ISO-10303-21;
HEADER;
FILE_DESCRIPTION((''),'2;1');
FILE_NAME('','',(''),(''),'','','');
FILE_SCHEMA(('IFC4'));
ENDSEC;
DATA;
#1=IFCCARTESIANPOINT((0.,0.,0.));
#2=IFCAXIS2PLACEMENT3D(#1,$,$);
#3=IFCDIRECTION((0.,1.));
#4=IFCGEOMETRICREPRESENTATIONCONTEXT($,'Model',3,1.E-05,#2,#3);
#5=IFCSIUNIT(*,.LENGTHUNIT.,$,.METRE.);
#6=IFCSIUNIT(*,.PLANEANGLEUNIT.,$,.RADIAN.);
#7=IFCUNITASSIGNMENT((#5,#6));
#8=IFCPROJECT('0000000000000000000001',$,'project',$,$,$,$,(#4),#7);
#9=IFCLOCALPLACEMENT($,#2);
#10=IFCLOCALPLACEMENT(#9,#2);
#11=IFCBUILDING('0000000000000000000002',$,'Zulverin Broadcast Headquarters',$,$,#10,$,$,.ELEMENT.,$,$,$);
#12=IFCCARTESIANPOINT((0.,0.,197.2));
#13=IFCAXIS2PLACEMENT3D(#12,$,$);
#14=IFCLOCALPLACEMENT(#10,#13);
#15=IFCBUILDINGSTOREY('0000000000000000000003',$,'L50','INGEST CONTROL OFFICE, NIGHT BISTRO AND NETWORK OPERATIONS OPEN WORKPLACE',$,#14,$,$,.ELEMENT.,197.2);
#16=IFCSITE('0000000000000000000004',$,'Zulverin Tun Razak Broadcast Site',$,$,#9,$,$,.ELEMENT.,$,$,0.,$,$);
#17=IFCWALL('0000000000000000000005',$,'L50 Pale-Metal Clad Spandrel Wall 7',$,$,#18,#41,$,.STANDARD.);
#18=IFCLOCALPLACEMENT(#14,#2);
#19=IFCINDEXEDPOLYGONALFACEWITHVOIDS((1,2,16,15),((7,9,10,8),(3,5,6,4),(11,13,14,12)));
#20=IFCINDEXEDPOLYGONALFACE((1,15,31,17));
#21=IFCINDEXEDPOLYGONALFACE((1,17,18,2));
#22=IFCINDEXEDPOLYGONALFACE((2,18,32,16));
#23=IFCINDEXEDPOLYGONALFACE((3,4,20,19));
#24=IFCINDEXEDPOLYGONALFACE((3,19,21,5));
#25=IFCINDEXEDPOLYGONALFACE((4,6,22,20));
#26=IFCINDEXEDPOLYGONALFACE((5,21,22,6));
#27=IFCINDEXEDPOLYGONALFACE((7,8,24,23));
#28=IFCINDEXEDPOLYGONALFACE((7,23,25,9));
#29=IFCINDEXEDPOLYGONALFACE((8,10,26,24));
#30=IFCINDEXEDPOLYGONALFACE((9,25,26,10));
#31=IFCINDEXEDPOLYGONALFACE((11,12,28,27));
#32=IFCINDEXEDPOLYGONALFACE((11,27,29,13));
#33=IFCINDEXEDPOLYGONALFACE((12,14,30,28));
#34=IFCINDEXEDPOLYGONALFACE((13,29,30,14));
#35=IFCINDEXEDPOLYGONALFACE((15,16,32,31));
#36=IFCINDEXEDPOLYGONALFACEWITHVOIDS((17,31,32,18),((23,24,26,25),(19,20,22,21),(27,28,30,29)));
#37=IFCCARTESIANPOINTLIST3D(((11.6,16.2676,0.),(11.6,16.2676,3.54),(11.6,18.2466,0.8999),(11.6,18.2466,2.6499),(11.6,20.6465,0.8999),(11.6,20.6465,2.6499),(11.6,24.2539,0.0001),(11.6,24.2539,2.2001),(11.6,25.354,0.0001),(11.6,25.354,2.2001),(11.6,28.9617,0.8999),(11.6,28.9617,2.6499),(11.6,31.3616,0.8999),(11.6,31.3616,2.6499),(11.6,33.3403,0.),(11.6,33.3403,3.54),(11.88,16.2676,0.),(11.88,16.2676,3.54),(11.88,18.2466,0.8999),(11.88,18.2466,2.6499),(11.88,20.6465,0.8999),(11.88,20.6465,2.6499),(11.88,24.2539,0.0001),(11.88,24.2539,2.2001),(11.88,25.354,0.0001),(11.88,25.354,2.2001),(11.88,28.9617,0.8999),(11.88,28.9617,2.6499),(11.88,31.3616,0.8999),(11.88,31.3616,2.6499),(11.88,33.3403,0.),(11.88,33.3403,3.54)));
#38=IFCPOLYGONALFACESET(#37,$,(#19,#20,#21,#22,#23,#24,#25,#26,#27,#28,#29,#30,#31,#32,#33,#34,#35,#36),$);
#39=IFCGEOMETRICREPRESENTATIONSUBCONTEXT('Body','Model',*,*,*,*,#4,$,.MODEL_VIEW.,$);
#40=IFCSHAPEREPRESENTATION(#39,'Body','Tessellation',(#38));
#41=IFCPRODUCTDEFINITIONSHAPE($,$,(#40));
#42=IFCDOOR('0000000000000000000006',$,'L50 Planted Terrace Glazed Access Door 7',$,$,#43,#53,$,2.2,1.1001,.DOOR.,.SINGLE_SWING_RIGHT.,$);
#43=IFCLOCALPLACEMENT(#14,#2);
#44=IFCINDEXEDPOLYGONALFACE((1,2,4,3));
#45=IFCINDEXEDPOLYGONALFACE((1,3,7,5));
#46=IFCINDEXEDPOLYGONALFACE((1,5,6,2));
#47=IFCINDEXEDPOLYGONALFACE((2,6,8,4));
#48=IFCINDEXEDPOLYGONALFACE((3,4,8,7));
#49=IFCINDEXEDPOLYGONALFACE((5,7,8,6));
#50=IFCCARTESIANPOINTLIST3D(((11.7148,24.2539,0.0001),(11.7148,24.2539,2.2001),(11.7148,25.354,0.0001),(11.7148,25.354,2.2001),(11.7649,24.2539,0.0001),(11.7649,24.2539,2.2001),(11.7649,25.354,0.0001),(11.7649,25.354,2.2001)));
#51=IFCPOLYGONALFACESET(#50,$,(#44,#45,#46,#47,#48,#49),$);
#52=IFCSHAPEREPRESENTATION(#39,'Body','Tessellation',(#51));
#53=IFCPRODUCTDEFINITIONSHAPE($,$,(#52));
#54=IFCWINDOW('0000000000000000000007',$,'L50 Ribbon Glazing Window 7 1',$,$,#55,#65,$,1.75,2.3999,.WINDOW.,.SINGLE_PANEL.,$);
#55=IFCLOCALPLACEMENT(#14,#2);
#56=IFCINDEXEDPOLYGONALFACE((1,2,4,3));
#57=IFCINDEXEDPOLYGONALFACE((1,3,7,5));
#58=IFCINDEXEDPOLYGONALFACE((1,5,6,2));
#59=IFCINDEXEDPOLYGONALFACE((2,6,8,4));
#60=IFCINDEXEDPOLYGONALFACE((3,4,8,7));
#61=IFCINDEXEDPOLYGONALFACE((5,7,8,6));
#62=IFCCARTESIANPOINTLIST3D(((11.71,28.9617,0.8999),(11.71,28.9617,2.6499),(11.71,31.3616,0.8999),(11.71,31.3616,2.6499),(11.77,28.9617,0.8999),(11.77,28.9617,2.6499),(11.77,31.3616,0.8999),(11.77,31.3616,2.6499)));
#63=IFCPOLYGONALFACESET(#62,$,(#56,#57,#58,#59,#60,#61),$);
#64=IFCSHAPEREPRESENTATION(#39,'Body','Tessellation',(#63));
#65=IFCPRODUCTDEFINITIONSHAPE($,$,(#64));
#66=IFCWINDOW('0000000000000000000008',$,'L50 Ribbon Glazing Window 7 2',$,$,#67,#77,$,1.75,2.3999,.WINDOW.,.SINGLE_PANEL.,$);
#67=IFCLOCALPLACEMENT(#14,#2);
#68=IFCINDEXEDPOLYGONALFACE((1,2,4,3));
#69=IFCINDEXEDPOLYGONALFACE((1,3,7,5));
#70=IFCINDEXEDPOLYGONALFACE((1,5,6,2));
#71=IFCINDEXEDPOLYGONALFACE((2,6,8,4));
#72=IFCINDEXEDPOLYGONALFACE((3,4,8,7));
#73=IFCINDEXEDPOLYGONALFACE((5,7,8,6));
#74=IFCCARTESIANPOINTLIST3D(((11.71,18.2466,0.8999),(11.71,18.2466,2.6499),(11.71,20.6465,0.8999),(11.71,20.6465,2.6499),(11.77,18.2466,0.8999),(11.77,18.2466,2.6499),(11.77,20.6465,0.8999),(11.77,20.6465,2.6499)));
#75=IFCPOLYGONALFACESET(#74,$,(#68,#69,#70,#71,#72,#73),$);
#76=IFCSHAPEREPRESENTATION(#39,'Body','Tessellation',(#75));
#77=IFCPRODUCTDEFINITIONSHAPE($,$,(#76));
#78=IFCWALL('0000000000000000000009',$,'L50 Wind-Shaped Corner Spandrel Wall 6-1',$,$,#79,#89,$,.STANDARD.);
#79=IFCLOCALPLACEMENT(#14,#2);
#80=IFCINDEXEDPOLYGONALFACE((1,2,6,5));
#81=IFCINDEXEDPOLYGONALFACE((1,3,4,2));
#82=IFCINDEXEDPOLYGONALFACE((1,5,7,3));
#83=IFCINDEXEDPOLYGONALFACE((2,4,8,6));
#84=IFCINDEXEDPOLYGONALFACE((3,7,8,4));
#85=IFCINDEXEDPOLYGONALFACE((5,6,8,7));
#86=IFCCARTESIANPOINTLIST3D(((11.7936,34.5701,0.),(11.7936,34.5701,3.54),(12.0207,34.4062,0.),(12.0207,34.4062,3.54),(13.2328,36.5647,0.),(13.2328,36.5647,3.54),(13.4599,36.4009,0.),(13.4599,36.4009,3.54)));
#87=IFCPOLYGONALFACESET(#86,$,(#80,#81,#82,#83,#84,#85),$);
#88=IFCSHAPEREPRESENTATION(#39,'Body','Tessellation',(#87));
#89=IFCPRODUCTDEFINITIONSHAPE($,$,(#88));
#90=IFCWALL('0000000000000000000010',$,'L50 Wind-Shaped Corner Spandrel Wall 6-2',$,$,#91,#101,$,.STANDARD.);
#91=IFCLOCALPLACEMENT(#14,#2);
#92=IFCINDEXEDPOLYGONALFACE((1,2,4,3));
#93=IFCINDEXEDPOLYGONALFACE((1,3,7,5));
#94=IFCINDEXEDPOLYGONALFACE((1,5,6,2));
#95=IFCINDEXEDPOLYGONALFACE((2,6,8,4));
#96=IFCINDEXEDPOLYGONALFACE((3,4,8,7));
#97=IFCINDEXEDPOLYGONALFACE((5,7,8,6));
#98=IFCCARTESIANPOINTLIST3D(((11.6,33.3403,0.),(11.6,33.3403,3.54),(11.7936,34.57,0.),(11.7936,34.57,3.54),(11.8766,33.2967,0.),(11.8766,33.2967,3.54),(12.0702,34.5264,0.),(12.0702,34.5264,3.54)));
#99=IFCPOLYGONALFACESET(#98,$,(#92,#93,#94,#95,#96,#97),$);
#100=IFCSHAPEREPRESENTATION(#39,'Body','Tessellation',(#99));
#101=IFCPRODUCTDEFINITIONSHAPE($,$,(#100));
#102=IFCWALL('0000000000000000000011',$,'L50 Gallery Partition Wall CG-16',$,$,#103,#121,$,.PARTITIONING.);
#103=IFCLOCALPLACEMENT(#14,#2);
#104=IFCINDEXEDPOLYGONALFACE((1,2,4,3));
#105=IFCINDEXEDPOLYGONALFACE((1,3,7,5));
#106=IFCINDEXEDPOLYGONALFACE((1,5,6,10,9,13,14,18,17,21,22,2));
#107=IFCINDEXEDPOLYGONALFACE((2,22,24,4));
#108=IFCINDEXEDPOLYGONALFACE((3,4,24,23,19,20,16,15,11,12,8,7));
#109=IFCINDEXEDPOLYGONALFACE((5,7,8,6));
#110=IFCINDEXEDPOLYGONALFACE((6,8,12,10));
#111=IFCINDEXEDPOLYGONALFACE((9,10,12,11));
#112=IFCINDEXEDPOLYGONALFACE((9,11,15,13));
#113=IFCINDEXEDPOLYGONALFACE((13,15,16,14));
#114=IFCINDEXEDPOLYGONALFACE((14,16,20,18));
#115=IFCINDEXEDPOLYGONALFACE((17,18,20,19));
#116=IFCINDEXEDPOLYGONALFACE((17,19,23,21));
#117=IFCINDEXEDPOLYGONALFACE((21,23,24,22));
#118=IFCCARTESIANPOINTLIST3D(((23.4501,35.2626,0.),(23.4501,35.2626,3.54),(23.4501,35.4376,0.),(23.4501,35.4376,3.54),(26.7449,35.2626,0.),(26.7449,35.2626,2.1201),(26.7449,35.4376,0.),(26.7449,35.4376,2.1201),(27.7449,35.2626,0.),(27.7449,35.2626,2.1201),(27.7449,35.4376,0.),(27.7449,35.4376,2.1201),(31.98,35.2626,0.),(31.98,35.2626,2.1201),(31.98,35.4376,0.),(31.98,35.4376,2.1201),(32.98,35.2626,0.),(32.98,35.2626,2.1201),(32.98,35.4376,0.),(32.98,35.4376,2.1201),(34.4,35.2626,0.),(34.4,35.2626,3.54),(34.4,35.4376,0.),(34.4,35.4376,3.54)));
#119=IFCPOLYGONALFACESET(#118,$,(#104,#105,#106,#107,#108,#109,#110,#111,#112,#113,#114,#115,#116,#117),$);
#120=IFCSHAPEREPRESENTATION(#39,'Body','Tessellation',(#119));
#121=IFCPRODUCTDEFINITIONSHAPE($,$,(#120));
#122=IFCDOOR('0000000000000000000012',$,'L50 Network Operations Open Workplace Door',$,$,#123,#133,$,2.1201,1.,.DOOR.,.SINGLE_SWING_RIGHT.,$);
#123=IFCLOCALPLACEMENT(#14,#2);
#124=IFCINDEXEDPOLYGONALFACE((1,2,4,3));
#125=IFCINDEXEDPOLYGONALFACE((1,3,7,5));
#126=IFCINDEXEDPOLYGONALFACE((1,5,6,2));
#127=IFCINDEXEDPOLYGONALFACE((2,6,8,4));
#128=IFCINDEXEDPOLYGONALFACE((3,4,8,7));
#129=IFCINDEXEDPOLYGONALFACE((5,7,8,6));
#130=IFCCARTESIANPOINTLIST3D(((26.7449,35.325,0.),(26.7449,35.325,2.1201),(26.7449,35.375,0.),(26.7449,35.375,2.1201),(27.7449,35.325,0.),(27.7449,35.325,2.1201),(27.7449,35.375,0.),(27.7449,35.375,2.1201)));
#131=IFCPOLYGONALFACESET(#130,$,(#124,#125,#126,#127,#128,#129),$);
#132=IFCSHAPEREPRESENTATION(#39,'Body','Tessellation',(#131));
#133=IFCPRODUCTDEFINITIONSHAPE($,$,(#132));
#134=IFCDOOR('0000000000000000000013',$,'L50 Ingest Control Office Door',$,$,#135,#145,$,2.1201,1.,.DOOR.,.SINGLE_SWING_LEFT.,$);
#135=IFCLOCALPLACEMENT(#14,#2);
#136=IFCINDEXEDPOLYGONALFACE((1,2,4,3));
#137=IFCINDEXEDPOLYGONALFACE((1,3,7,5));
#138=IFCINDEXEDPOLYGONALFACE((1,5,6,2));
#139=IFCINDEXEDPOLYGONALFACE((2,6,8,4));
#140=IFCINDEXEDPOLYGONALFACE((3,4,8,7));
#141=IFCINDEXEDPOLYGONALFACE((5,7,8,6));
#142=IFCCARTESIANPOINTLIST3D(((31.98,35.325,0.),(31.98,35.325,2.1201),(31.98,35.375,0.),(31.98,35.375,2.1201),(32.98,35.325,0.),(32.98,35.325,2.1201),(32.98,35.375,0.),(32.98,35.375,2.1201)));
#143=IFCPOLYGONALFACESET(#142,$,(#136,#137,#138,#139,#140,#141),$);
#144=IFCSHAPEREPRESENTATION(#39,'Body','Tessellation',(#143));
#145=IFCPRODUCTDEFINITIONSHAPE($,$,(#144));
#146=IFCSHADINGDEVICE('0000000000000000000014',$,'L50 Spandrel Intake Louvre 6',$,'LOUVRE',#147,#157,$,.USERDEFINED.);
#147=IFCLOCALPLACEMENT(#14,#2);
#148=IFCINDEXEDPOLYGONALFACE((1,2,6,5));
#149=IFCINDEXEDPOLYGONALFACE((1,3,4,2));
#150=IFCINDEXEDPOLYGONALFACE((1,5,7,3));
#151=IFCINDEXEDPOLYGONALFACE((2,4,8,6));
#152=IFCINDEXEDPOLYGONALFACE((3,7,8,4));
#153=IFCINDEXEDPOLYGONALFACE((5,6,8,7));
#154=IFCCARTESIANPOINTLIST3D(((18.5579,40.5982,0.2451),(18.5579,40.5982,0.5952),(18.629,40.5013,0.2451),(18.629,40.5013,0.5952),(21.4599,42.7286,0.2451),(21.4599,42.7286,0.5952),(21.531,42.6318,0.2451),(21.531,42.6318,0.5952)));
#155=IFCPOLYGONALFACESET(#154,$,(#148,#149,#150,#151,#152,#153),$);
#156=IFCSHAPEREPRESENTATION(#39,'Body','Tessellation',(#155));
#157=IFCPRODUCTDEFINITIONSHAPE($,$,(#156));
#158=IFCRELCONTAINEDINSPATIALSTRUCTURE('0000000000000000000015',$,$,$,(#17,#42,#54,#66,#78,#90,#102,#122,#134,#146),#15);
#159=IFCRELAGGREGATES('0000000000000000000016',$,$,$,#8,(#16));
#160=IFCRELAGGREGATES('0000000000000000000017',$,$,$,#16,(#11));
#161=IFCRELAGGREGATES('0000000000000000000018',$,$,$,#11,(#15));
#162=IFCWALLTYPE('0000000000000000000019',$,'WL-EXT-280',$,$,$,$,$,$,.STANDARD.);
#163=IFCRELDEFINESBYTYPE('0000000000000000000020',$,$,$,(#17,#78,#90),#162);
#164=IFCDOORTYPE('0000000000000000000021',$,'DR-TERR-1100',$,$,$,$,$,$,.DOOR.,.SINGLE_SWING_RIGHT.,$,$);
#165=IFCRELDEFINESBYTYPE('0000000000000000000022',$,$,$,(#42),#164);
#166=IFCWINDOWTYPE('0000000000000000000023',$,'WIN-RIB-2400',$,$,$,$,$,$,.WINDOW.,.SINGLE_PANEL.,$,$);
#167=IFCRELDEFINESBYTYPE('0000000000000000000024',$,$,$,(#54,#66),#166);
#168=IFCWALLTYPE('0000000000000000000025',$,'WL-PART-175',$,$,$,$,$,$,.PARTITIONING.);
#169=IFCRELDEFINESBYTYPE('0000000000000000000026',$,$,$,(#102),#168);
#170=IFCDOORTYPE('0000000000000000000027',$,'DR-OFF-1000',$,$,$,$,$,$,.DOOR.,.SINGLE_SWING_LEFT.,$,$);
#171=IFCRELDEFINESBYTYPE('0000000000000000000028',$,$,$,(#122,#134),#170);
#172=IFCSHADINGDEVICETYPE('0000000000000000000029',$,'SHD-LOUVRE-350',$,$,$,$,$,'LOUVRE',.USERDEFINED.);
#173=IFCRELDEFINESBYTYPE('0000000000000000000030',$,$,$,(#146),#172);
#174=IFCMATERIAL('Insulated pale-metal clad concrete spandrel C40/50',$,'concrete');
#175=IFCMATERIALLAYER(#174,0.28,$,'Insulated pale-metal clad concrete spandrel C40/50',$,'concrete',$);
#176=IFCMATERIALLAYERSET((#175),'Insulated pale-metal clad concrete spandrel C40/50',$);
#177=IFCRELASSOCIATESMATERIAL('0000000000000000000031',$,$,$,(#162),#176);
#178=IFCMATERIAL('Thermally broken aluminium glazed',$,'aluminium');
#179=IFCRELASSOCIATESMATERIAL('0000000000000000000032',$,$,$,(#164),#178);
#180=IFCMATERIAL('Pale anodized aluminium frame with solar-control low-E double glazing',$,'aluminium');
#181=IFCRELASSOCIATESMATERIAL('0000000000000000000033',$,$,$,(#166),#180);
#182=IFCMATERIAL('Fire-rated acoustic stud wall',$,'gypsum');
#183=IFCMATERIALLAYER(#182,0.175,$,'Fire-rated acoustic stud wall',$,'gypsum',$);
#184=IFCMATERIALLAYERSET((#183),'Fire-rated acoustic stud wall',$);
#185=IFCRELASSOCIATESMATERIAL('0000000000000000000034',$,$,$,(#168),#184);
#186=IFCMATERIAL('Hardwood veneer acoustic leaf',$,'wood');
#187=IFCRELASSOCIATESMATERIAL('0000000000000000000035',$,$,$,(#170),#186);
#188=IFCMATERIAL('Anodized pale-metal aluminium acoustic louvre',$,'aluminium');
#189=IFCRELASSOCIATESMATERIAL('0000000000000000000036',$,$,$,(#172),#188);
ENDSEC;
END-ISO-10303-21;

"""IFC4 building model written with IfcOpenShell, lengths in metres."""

from ifc_helpers import new_model, si_unit, direction, frame, frame_2d, origin, origin_2d, place, context, subcontext, project, spatial, rectangle, extrude, material, layer, layer_set, type_object, element, fill, save


model = new_model("IFC4")

# Units and contexts
model_context = context("Model", 3, precision=1e-05, world=origin(), true_north=direction((0.0, 1.0)))
body_context = subcontext(model_context, "Body", "Model", "MODEL_VIEW")
ifc_project = project(units=[si_unit("LENGTHUNIT", "METRE"), si_unit("PLANEANGLEUNIT", "RADIAN")], contexts=[model_context])

# Site, building, storey
site_placement = place(None, origin())
site = spatial("IfcSite", under=ifc_project, at=site_placement, Name="Zulverin Tun Razak Broadcast Site", CompositionType="ELEMENT", RefElevation=0.0)
building_placement = place(site_placement, origin())
building = spatial("IfcBuilding", under=site, at=building_placement, Name="Zulverin Broadcast Headquarters", CompositionType="ELEMENT")
storey_placement = place(building_placement, frame((0.0, 0.0, 197.2)))
storey = spatial("IfcBuildingStorey", under=building, at=storey_placement, Name="L50", Description="INGEST CONTROL OFFICE, NIGHT BISTRO AND NETWORK OPERATIONS OPEN WORKPLACE", CompositionType="ELEMENT", Elevation=197.2)

# Wall, openings, door, windows
ifc_material_1 = material(Name="Insulated pale-metal clad concrete spandrel C40/50", Category="concrete")
ifc_layer_1 = layer(ifc_material_1, 0.28, Name="Insulated pale-metal clad concrete spandrel C40/50", Category="concrete")
ifc_layer_set_1 = layer_set([ifc_layer_1], Name="Insulated pale-metal clad concrete spandrel C40/50")
wall_type_1 = type_object("IfcWallType", Name="WL-EXT-280", PredefinedType="STANDARD", material=ifc_layer_set_1)
wall_1_placement = place(storey_placement, frame((11.74, 33.3403, 0.0), z_axis=(0.0, 0.0, 1.0), x_axis=(0.0, -1.0, 0.0)))
wall_1 = element("IfcWall", 1, at=wall_1_placement, inside=storey, type_object=wall_type_1, Name="L50 Pale-Metal Clad Spandrel Wall 7", PredefinedType="STANDARD", context=body_context, shape_type="SweptSolid", body=[
    extrude(rectangle(XDim=17.0728, YDim=0.28, at=frame_2d((8.5364, 0.0))), origin(), (0.0, 0.0, 1.0), 3.54),
])
opening_1_placement = place(wall_1_placement, frame((7.9863, 0.0, 0.0)))
opening_1 = element("IfcOpeningElement", 2, at=opening_1_placement, cuts=wall_1, PredefinedType="OPENING", context=body_context, shape_type="SweptSolid", body=[
    extrude(rectangle(XDim=1.1001, YDim=2.2, at=frame_2d((0.55, 1.1001))), frame((0.0, 0.1499, 0.0), z_axis=(0.0, -1.0, 0.0), x_axis=(1.0, 0.0, 0.0)), (0.0, 0.0, 1.0), 0.3),
])
opening_2_placement = place(wall_1_placement, frame((1.9788, 0.0, 0.8999)))
opening_2 = element("IfcOpeningElement", 3, at=opening_2_placement, cuts=wall_1, PredefinedType="OPENING", context=body_context, shape_type="SweptSolid", body=[
    extrude(rectangle(XDim=2.3999, YDim=1.75, at=frame_2d((1.2, 0.875))), frame((0.0, 0.1499, 0.0), z_axis=(0.0, -1.0, 0.0), x_axis=(1.0, 0.0, 0.0)), (0.0, 0.0, 1.0), 0.3),
])
opening_3_placement = place(wall_1_placement, frame((12.6938, 0.0, 0.8999)))
opening_3 = element("IfcOpeningElement", 4, at=opening_3_placement, cuts=wall_1, PredefinedType="OPENING", context=body_context, shape_type="SweptSolid", body=[
    extrude(rectangle(XDim=2.3999, YDim=1.75, at=frame_2d((1.2, 0.875))), frame((0.0, 0.1499, 0.0), z_axis=(0.0, -1.0, 0.0), x_axis=(1.0, 0.0, 0.0)), (0.0, 0.0, 1.0), 0.3),
])
ifc_material_2 = material(Name="Thermally broken aluminium glazed", Category="aluminium")
door_type_1 = type_object("IfcDoorType", Name="DR-TERR-1100", OperationType="SINGLE_SWING_RIGHT", PredefinedType="DOOR", material=ifc_material_2)
door_1_placement = place(opening_1_placement, origin())
door_1 = element("IfcDoor", 5, at=door_1_placement, inside=storey, type_object=door_type_1, Name="L50 Planted Terrace Glazed Access Door 7", OperationType="SINGLE_SWING_RIGHT", OverallHeight=2.2, OverallWidth=1.1001, PredefinedType="DOOR", context=body_context, shape_type="SweptSolid", body=[
    extrude(rectangle(XDim=1.1001, YDim=2.2, at=frame_2d((0.55, 1.1001))), frame((0.0, 0.0249, 0.0), z_axis=(0.0, -1.0, 0.0), x_axis=(1.0, 0.0, 0.0)), (0.0, 0.0, 1.0), 0.05),
])
fill(opening_1, door_1)
ifc_material_3 = material(Name="Pale anodized aluminium frame with solar-control low-E double glazing", Category="aluminium")
window_type = type_object("IfcWindowType", Name="WIN-RIB-2400", PartitioningType="SINGLE_PANEL", PredefinedType="WINDOW", material=ifc_material_3)
window_1_placement = place(opening_2_placement, origin())
window_1 = element("IfcWindow", 6, at=window_1_placement, inside=storey, type_object=window_type, Name="L50 Ribbon Glazing Window 7 1", OverallHeight=1.75, OverallWidth=2.3999, PartitioningType="SINGLE_PANEL", PredefinedType="WINDOW", context=body_context, shape_type="SweptSolid", body=[
    extrude(rectangle(XDim=2.3999, YDim=1.75, at=frame_2d((1.2, 0.875))), frame((0.0, 0.03, 0.0), z_axis=(0.0, -1.0, 0.0), x_axis=(1.0, 0.0, 0.0)), (0.0, 0.0, 1.0), 0.0601),
])
fill(opening_2, window_1)
window_2_placement = place(opening_3_placement, origin())
window_2 = element("IfcWindow", 7, at=window_2_placement, inside=storey, type_object=window_type, Name="L50 Ribbon Glazing Window 7 2", OverallHeight=1.75, OverallWidth=2.3999, PartitioningType="SINGLE_PANEL", PredefinedType="WINDOW", context=body_context, shape_type="SweptSolid", body=[
    extrude(rectangle(XDim=2.3999, YDim=1.75, at=frame_2d((1.2, 0.875))), frame((0.0, 0.03, 0.0), z_axis=(0.0, -1.0, 0.0), x_axis=(1.0, 0.0, 0.0)), (0.0, 0.0, 1.0), 0.0601),
])
fill(opening_3, window_2)

# Walls
wall_2_placement = place(storey_placement, frame((13.3464, 36.4829, 0.0), z_axis=(0.0, 0.0, 1.0), x_axis=(-0.585128, -0.810941, 0.0)))
element("IfcWall", 8, at=wall_2_placement, inside=storey, type_object=wall_type_1, Name="L50 Wind-Shaped Corner Spandrel Wall 6-1", PredefinedType="STANDARD", context=body_context, shape_type="SweptSolid", body=[
    extrude(rectangle(XDim=2.4597, YDim=0.28, at=frame_2d((1.23, 0.0))), origin(), (0.0, 0.0, 1.0), 3.54),
])
wall_3_placement = place(storey_placement, frame((11.9319, 34.5483, 0.0), z_axis=(0.0, 0.0, 1.0), x_axis=(-0.155519, -0.987833, 0.0)))
element("IfcWall", 9, at=wall_3_placement, inside=storey, type_object=wall_type_1, Name="L50 Wind-Shaped Corner Spandrel Wall 6-2", PredefinedType="STANDARD", context=body_context, shape_type="SweptSolid", body=[
    extrude(rectangle(XDim=1.2449, YDim=0.28, at=frame_2d((0.6226, 0.0))), origin(), (0.0, 0.0, 1.0), 3.54),
])

# Wall, openings, doors
ifc_material_4 = material(Name="Fire-rated acoustic stud wall", Category="gypsum")
ifc_layer_2 = layer(ifc_material_4, 0.175, Name="Fire-rated acoustic stud wall", Category="gypsum")
ifc_layer_set_2 = layer_set([ifc_layer_2], Name="Fire-rated acoustic stud wall")
wall_type_2 = type_object("IfcWallType", Name="WL-PART-175", PredefinedType="PARTITIONING", material=ifc_layer_set_2)
wall_4_placement = place(storey_placement, frame((23.45, 35.3501, 0.0), z_axis=(0.0, 0.0, 1.0), x_axis=(1.0, 0.0, 0.0)))
wall_4 = element("IfcWall", 10, at=wall_4_placement, inside=storey, type_object=wall_type_2, Name="L50 Gallery Partition Wall CG-16", PredefinedType="PARTITIONING", context=body_context, shape_type="SweptSolid", body=[
    extrude(rectangle(XDim=10.95, YDim=0.175, at=frame_2d((5.4751, 0.0))), origin(), (0.0, 0.0, 1.0), 3.54),
])
opening_4_placement = place(wall_4_placement, frame((3.2949, 0.0, 0.0)))
opening_4 = element("IfcOpeningElement", 11, at=opening_4_placement, cuts=wall_4, PredefinedType="OPENING", context=body_context, shape_type="SweptSolid", body=[
    extrude(rectangle(XDim=1.0, YDim=2.1201, at=frame_2d((0.5, 1.0601))), frame((0.0, 0.0974, 0.0), z_axis=(0.0, -1.0, 0.0), x_axis=(1.0, 0.0, 0.0)), (0.0, 0.0, 1.0), 0.1951),
])
opening_5_placement = place(wall_4_placement, frame((8.53, 0.0, 0.0)))
opening_5 = element("IfcOpeningElement", 12, at=opening_5_placement, cuts=wall_4, PredefinedType="OPENING", context=body_context, shape_type="SweptSolid", body=[
    extrude(rectangle(XDim=1.0, YDim=2.1201, at=frame_2d((0.5, 1.0601))), frame((0.0, 0.0974, 0.0), z_axis=(0.0, -1.0, 0.0), x_axis=(1.0, 0.0, 0.0)), (0.0, 0.0, 1.0), 0.1951),
])
ifc_material_5 = material(Name="Hardwood veneer acoustic leaf", Category="wood")
door_type_2 = type_object("IfcDoorType", Name="DR-OFF-1000", OperationType="SINGLE_SWING_LEFT", PredefinedType="DOOR", material=ifc_material_5)
door_2_placement = place(opening_4_placement, origin())
door_2 = element("IfcDoor", 13, at=door_2_placement, inside=storey, type_object=door_type_2, Name="L50 Network Operations Open Workplace Door", OperationType="SINGLE_SWING_RIGHT", OverallHeight=2.1201, OverallWidth=1.0, PredefinedType="DOOR", context=body_context, shape_type="SweptSolid", body=[
    extrude(rectangle(XDim=1.0, YDim=2.1201, at=frame_2d((0.5, 1.0601))), frame((0.0, 0.0249, 0.0), z_axis=(0.0, -1.0, 0.0), x_axis=(1.0, 0.0, 0.0)), (0.0, 0.0, 1.0), 0.05),
])
fill(opening_4, door_2)
door_3_placement = place(opening_5_placement, origin())
door_3 = element("IfcDoor", 14, at=door_3_placement, inside=storey, type_object=door_type_2, Name="L50 Ingest Control Office Door", OperationType="SINGLE_SWING_LEFT", OverallHeight=2.1201, OverallWidth=1.0, PredefinedType="DOOR", context=body_context, shape_type="SweptSolid", body=[
    extrude(rectangle(XDim=1.0, YDim=2.1201, at=frame_2d((0.5, 1.0601))), frame((0.0, 0.0249, 0.0), z_axis=(0.0, -1.0, 0.0), x_axis=(1.0, 0.0, 0.0)), (0.0, 0.0, 1.0), 0.05),
])
fill(opening_5, door_3)

# Shading device
ifc_material_6 = material(Name="Anodized pale-metal aluminium acoustic louvre", Category="aluminium")
shading_device_type_1 = type_object("IfcShadingDeviceType", Name="SHD-LOUVRE-350", ElementType="LOUVRE", PredefinedType="USERDEFINED", material=ifc_material_6)
shading_device_1_placement = place(storey_placement, frame((20.0444, 41.615, 0.2451), z_axis=(0.0, 0.0, 1.0), x_axis=(-0.806097, -0.591784, 0.0)))
element("IfcShadingDevice", 15, at=shading_device_1_placement, inside=storey, type_object=shading_device_type_1, Name="L50 Spandrel Intake Louvre 6", ObjectType="LOUVRE", PredefinedType="USERDEFINED", context=body_context, shape_type="SweptSolid", body=[
    extrude(rectangle(XDim=3.6001, YDim=0.1201, at=origin_2d()), origin(), (0.0, 0.0, 1.0), 0.3501),
])

save(model, "model.ifc")
